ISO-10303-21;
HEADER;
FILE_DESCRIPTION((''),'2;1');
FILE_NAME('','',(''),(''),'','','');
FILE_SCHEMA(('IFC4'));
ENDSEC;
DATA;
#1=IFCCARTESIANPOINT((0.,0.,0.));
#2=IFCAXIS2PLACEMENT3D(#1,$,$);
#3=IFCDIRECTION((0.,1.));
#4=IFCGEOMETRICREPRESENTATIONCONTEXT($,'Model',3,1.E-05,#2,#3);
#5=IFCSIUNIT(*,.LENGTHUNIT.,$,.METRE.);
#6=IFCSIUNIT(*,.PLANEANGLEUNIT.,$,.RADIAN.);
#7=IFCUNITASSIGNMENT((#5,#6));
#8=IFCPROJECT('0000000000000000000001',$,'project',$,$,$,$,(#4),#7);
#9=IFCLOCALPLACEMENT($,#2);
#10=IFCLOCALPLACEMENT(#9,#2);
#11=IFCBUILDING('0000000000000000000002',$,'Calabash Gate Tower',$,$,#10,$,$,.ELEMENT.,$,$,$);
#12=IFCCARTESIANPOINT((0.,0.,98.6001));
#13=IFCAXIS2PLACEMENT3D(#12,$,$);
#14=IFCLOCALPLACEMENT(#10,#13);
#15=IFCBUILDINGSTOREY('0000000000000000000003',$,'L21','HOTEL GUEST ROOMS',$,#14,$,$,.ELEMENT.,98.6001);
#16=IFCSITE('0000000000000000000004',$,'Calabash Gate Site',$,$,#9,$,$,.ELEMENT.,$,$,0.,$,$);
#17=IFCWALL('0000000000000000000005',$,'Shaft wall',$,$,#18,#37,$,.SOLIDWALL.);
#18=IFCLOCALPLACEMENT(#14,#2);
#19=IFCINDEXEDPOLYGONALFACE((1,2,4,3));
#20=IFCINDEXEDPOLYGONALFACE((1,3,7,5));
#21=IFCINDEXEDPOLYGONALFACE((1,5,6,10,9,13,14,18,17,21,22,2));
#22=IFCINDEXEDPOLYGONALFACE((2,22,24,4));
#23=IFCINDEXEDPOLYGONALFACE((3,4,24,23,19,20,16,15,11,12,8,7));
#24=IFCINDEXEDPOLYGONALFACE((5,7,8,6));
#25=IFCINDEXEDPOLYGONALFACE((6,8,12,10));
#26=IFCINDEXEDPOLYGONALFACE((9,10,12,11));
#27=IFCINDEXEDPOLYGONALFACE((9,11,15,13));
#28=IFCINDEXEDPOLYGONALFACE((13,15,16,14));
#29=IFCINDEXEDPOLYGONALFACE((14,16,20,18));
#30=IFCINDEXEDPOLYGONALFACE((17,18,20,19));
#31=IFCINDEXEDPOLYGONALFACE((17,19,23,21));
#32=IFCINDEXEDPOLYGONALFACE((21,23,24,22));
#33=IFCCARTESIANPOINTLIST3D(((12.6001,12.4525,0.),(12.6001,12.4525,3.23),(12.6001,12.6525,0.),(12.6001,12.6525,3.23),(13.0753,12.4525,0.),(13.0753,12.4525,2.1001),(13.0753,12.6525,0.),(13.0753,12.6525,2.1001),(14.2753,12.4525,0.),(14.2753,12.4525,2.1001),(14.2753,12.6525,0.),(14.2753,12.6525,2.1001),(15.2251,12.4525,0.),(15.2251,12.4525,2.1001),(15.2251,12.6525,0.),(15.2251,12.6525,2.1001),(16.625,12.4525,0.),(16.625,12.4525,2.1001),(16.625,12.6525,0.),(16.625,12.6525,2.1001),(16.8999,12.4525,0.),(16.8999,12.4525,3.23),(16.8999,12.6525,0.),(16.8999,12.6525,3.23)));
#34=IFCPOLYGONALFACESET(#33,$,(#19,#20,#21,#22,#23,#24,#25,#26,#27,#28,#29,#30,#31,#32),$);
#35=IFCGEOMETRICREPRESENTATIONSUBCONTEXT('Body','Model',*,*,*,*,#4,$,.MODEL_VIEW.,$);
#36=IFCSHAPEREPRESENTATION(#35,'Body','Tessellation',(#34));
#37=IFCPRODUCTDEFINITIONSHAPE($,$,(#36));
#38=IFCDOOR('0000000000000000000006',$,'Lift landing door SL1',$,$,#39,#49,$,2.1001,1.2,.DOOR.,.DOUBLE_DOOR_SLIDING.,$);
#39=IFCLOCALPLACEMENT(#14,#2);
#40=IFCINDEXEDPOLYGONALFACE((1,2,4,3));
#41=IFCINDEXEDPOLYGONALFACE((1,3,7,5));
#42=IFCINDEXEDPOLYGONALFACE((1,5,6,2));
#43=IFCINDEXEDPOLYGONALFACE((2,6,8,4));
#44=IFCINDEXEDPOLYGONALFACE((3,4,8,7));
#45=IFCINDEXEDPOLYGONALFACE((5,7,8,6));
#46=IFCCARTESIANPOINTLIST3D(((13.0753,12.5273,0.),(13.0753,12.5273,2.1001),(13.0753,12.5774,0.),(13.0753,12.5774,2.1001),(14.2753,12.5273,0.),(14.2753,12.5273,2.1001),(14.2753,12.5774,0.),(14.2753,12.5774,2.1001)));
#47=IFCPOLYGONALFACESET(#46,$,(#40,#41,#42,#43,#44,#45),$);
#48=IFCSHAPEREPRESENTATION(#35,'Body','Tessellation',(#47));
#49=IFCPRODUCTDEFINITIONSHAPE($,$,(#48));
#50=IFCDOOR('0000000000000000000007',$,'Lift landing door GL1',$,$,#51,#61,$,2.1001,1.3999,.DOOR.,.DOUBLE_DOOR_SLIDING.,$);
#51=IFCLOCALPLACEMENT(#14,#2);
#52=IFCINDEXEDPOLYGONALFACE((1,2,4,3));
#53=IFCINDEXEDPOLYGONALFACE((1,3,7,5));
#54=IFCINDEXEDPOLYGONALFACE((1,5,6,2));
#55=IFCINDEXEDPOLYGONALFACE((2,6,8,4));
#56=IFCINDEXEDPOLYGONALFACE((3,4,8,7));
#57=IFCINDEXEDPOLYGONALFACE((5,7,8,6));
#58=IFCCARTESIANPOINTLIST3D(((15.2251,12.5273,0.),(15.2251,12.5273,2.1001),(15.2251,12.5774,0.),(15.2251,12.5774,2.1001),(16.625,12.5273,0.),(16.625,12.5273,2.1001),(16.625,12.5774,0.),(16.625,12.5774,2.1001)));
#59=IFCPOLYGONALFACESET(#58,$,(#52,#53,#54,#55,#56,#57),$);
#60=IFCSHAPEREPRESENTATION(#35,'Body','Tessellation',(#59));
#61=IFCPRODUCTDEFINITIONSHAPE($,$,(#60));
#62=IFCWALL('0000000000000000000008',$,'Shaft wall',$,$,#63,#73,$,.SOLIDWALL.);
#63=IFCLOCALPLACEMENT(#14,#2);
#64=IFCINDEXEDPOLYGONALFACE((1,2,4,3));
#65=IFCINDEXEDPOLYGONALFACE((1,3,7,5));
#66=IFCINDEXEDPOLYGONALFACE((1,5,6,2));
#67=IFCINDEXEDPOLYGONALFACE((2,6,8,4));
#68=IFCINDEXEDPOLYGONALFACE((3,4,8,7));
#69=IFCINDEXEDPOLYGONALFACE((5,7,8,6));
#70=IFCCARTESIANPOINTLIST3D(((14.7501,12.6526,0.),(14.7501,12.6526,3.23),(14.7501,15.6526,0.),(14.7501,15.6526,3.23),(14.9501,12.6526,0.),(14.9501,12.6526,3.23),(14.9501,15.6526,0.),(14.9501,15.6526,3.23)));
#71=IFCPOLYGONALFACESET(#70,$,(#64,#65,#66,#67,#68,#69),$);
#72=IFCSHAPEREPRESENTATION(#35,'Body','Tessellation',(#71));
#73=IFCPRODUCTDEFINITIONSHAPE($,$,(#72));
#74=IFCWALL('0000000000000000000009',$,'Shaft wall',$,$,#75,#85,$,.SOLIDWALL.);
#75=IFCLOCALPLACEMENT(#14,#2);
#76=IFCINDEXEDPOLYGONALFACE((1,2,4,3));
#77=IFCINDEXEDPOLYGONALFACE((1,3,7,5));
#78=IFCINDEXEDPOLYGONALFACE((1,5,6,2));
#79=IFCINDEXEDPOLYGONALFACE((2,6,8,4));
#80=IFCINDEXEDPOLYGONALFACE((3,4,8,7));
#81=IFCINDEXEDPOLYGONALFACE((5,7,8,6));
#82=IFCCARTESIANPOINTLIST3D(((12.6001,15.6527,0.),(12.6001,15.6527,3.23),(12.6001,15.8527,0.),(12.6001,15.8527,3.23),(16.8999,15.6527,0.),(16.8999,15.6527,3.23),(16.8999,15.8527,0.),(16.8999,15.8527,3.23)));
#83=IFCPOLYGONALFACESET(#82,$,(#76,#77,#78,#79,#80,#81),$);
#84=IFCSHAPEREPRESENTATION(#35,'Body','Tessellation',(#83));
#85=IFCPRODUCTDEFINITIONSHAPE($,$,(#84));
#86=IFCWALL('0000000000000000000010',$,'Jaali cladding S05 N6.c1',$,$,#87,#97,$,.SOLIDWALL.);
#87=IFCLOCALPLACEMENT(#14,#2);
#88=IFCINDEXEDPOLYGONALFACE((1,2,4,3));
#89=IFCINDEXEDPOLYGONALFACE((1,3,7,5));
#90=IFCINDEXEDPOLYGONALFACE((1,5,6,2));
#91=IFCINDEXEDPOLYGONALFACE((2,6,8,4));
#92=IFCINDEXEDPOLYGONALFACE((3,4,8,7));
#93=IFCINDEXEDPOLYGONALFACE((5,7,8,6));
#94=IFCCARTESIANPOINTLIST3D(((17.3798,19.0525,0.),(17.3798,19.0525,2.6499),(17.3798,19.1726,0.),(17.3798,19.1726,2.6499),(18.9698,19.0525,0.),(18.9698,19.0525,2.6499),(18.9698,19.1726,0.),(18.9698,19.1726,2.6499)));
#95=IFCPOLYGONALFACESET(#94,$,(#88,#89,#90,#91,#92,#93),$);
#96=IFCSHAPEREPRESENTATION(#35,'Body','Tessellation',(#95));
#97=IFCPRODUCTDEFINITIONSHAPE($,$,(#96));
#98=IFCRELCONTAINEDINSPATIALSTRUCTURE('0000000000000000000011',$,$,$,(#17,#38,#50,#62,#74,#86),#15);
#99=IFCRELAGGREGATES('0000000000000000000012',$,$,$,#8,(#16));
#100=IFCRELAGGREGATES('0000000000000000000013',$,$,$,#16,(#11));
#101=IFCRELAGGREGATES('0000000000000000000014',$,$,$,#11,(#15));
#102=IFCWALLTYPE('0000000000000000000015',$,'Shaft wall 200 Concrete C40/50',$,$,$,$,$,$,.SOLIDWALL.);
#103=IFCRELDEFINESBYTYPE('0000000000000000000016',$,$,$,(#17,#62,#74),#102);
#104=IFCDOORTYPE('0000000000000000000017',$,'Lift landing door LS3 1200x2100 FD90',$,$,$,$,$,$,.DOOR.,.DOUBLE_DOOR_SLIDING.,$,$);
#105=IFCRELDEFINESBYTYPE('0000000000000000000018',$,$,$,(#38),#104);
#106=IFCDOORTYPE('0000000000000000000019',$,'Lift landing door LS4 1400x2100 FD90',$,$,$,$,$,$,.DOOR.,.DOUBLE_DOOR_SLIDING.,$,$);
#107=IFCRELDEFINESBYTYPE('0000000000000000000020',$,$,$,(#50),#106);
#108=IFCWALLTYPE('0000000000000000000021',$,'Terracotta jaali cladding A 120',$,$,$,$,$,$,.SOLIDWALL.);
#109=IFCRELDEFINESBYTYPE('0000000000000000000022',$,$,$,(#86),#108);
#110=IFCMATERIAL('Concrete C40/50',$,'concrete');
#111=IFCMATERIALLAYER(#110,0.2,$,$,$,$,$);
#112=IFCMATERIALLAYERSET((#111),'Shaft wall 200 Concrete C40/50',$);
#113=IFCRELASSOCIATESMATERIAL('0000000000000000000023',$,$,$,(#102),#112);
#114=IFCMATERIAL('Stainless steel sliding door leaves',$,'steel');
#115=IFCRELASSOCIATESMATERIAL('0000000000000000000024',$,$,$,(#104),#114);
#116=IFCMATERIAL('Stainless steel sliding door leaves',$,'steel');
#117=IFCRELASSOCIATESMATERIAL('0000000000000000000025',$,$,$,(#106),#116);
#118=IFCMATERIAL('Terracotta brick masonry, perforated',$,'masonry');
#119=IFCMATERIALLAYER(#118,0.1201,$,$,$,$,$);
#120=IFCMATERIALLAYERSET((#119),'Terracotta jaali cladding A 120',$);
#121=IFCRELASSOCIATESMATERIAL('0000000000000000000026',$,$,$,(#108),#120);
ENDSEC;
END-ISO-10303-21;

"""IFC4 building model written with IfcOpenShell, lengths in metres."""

from ifc_helpers import new_model, si_unit, direction, frame, frame_2d, origin, place, context, subcontext, project, spatial, rectangle, extrude, material, layer, layer_set, type_object, element, fill, save


model = new_model("IFC4")

# Units and contexts
model_context = context("Model", 3, precision=1e-05, world=origin(), true_north=direction((0.0, 1.0)))
body_context = subcontext(model_context, "Body", "Model", "MODEL_VIEW")
ifc_project = project(units=[si_unit("LENGTHUNIT", "METRE"), si_unit("PLANEANGLEUNIT", "RADIAN")], contexts=[model_context])

# Site, building, storey
site_placement = place(None, origin())
site = spatial("IfcSite", under=ifc_project, at=site_placement, Name="Calabash Gate Site", CompositionType="ELEMENT", RefElevation=0.0)
building_placement = place(site_placement, origin())
building = spatial("IfcBuilding", under=site, at=building_placement, Name="Calabash Gate Tower", CompositionType="ELEMENT")
storey_placement = place(building_placement, frame((0.0, 0.0, 98.6001)))
storey = spatial("IfcBuildingStorey", under=building, at=storey_placement, Name="L21", Description="HOTEL GUEST ROOMS", CompositionType="ELEMENT", Elevation=98.6001)

# Shared definitions
ifc_material_1 = material(Name="Concrete C40/50", Category="concrete")
ifc_layer_1 = layer(ifc_material_1, 0.2)
ifc_layer_set_1 = layer_set([ifc_layer_1], Name="Shaft wall 200 Concrete C40/50")
wall_type_1 = type_object("IfcWallType", Name="Shaft wall 200 Concrete C40/50", PredefinedType="SOLIDWALL", material=ifc_layer_set_1)

# Wall, openings, doors
wall_1_placement = place(storey_placement, frame((12.6001, 12.5525, 0.0), z_axis=(0.0, 0.0, 1.0), x_axis=(1.0, 0.0, 0.0)))
wall_1 = element("IfcWall", 1, at=wall_1_placement, inside=storey, type_object=wall_type_1, Name="Shaft wall", PredefinedType="SOLIDWALL", context=body_context, shape_type="SweptSolid", body=[
    extrude(rectangle(XDim=4.2998, YDim=0.2, at=frame_2d((2.1499, 0.0))), origin(), (0.0, 0.0, 1.0), 3.23),
])
opening_1_placement = place(wall_1_placement, frame((0.4751, 0.0, 0.0)))
opening_1 = element("IfcOpeningElement", 2, at=opening_1_placement, cuts=wall_1, PredefinedType="OPENING", context=body_context, shape_type="SweptSolid", body=[
    extrude(rectangle(XDim=1.2, YDim=2.1001, at=frame_2d((0.6001, 1.05))), frame((0.0, 0.1099, 0.0), z_axis=(0.0, -1.0, 0.0), x_axis=(1.0, 0.0, 0.0)), (0.0, 0.0, 1.0), 0.22),
])
opening_2_placement = place(wall_1_placement, frame((2.625, 0.0, 0.0)))
opening_2 = element("IfcOpeningElement", 3, at=opening_2_placement, cuts=wall_1, PredefinedType="OPENING", context=body_context, shape_type="SweptSolid", body=[
    extrude(rectangle(XDim=1.3999, YDim=2.1001, at=frame_2d((0.7, 1.05))), frame((0.0, 0.1099, 0.0), z_axis=(0.0, -1.0, 0.0), x_axis=(1.0, 0.0, 0.0)), (0.0, 0.0, 1.0), 0.22),
])
ifc_material_2 = material(Name="Stainless steel sliding door leaves", Category="steel")
door_type_1 = type_object("IfcDoorType", Name="Lift landing door LS3 1200x2100 FD90", OperationType="DOUBLE_DOOR_SLIDING", PredefinedType="DOOR", material=ifc_material_2)
door_1_placement = place(opening_1_placement, origin())
door_1 = element("IfcDoor", 4, at=door_1_placement, inside=storey, type_object=door_type_1, Name="Lift landing door SL1", OperationType="DOUBLE_DOOR_SLIDING", OverallHeight=2.1001, OverallWidth=1.2, PredefinedType="DOOR", context=body_context, shape_type="SweptSolid", body=[
    extrude(rectangle(XDim=1.2, YDim=2.1001, at=frame_2d((0.6001, 1.05))), frame((0.0, 0.0249, 0.0), z_axis=(0.0, -1.0, 0.0), x_axis=(1.0, 0.0, 0.0)), (0.0, 0.0, 1.0), 0.05),
])
fill(opening_1, door_1)
ifc_material_3 = material(Name="Stainless steel sliding door leaves", Category="steel")
door_type_2 = type_object("IfcDoorType", Name="Lift landing door LS4 1400x2100 FD90", OperationType="DOUBLE_DOOR_SLIDING", PredefinedType="DOOR", material=ifc_material_3)
door_2_placement = place(opening_2_placement, origin())
door_2 = element("IfcDoor", 5, at=door_2_placement, inside=storey, type_object=door_type_2, Name="Lift landing door GL1", OperationType="DOUBLE_DOOR_SLIDING", OverallHeight=2.1001, OverallWidth=1.3999, PredefinedType="DOOR", context=body_context, shape_type="SweptSolid", body=[
    extrude(rectangle(XDim=1.3999, YDim=2.1001, at=frame_2d((0.7, 1.05))), frame((0.0, 0.0249, 0.0), z_axis=(0.0, -1.0, 0.0), x_axis=(1.0, 0.0, 0.0)), (0.0, 0.0, 1.0), 0.05),
])
fill(opening_2, door_2)

# Walls
wall_2_placement = place(storey_placement, frame((14.8501, 12.6526, 0.0), z_axis=(0.0, 0.0, 1.0), x_axis=(0.0, 1.0, 0.0)))
element("IfcWall", 6, at=wall_2_placement, inside=storey, type_object=wall_type_1, Name="Shaft wall", PredefinedType="SOLIDWALL", context=body_context, shape_type="SweptSolid", body=[
    extrude(rectangle(XDim=3.0, YDim=0.2, at=frame_2d((1.5, 0.0))), origin(), (0.0, 0.0, 1.0), 3.23),
])
wall_3_placement = place(storey_placement, frame((12.6001, 15.7527, 0.0), z_axis=(0.0, 0.0, 1.0), x_axis=(1.0, 0.0, 0.0)))
element("IfcWall", 7, at=wall_3_placement, inside=storey, type_object=wall_type_1, Name="Shaft wall", PredefinedType="SOLIDWALL", context=body_context, shape_type="SweptSolid", body=[
    extrude(rectangle(XDim=4.2998, YDim=0.2, at=frame_2d((2.1499, 0.0))), origin(), (0.0, 0.0, 1.0), 3.23),
])
ifc_material_4 = material(Name="Terracotta brick masonry, perforated", Category="masonry")
ifc_layer_2 = layer(ifc_material_4, 0.1201)
ifc_layer_set_2 = layer_set([ifc_layer_2], Name="Terracotta jaali cladding A 120")
wall_type_2 = type_object("IfcWallType", Name="Terracotta jaali cladding A 120", PredefinedType="SOLIDWALL", material=ifc_layer_set_2)
wall_4_placement = place(storey_placement, frame((17.3799, 19.1125, 0.0), z_axis=(0.0, 0.0, 1.0), x_axis=(1.0, 0.0, 0.0)))
element("IfcWall", 8, at=wall_4_placement, inside=storey, type_object=wall_type_2, Name="Jaali cladding S05 N6.c1", PredefinedType="SOLIDWALL", context=body_context, shape_type="SweptSolid", body=[
    extrude(rectangle(XDim=1.5901, YDim=0.1201, at=frame_2d((0.7949, 0.0))), origin(), (0.0, 0.0, 1.0), 2.6499),
])

save(model, "model.ifc")
